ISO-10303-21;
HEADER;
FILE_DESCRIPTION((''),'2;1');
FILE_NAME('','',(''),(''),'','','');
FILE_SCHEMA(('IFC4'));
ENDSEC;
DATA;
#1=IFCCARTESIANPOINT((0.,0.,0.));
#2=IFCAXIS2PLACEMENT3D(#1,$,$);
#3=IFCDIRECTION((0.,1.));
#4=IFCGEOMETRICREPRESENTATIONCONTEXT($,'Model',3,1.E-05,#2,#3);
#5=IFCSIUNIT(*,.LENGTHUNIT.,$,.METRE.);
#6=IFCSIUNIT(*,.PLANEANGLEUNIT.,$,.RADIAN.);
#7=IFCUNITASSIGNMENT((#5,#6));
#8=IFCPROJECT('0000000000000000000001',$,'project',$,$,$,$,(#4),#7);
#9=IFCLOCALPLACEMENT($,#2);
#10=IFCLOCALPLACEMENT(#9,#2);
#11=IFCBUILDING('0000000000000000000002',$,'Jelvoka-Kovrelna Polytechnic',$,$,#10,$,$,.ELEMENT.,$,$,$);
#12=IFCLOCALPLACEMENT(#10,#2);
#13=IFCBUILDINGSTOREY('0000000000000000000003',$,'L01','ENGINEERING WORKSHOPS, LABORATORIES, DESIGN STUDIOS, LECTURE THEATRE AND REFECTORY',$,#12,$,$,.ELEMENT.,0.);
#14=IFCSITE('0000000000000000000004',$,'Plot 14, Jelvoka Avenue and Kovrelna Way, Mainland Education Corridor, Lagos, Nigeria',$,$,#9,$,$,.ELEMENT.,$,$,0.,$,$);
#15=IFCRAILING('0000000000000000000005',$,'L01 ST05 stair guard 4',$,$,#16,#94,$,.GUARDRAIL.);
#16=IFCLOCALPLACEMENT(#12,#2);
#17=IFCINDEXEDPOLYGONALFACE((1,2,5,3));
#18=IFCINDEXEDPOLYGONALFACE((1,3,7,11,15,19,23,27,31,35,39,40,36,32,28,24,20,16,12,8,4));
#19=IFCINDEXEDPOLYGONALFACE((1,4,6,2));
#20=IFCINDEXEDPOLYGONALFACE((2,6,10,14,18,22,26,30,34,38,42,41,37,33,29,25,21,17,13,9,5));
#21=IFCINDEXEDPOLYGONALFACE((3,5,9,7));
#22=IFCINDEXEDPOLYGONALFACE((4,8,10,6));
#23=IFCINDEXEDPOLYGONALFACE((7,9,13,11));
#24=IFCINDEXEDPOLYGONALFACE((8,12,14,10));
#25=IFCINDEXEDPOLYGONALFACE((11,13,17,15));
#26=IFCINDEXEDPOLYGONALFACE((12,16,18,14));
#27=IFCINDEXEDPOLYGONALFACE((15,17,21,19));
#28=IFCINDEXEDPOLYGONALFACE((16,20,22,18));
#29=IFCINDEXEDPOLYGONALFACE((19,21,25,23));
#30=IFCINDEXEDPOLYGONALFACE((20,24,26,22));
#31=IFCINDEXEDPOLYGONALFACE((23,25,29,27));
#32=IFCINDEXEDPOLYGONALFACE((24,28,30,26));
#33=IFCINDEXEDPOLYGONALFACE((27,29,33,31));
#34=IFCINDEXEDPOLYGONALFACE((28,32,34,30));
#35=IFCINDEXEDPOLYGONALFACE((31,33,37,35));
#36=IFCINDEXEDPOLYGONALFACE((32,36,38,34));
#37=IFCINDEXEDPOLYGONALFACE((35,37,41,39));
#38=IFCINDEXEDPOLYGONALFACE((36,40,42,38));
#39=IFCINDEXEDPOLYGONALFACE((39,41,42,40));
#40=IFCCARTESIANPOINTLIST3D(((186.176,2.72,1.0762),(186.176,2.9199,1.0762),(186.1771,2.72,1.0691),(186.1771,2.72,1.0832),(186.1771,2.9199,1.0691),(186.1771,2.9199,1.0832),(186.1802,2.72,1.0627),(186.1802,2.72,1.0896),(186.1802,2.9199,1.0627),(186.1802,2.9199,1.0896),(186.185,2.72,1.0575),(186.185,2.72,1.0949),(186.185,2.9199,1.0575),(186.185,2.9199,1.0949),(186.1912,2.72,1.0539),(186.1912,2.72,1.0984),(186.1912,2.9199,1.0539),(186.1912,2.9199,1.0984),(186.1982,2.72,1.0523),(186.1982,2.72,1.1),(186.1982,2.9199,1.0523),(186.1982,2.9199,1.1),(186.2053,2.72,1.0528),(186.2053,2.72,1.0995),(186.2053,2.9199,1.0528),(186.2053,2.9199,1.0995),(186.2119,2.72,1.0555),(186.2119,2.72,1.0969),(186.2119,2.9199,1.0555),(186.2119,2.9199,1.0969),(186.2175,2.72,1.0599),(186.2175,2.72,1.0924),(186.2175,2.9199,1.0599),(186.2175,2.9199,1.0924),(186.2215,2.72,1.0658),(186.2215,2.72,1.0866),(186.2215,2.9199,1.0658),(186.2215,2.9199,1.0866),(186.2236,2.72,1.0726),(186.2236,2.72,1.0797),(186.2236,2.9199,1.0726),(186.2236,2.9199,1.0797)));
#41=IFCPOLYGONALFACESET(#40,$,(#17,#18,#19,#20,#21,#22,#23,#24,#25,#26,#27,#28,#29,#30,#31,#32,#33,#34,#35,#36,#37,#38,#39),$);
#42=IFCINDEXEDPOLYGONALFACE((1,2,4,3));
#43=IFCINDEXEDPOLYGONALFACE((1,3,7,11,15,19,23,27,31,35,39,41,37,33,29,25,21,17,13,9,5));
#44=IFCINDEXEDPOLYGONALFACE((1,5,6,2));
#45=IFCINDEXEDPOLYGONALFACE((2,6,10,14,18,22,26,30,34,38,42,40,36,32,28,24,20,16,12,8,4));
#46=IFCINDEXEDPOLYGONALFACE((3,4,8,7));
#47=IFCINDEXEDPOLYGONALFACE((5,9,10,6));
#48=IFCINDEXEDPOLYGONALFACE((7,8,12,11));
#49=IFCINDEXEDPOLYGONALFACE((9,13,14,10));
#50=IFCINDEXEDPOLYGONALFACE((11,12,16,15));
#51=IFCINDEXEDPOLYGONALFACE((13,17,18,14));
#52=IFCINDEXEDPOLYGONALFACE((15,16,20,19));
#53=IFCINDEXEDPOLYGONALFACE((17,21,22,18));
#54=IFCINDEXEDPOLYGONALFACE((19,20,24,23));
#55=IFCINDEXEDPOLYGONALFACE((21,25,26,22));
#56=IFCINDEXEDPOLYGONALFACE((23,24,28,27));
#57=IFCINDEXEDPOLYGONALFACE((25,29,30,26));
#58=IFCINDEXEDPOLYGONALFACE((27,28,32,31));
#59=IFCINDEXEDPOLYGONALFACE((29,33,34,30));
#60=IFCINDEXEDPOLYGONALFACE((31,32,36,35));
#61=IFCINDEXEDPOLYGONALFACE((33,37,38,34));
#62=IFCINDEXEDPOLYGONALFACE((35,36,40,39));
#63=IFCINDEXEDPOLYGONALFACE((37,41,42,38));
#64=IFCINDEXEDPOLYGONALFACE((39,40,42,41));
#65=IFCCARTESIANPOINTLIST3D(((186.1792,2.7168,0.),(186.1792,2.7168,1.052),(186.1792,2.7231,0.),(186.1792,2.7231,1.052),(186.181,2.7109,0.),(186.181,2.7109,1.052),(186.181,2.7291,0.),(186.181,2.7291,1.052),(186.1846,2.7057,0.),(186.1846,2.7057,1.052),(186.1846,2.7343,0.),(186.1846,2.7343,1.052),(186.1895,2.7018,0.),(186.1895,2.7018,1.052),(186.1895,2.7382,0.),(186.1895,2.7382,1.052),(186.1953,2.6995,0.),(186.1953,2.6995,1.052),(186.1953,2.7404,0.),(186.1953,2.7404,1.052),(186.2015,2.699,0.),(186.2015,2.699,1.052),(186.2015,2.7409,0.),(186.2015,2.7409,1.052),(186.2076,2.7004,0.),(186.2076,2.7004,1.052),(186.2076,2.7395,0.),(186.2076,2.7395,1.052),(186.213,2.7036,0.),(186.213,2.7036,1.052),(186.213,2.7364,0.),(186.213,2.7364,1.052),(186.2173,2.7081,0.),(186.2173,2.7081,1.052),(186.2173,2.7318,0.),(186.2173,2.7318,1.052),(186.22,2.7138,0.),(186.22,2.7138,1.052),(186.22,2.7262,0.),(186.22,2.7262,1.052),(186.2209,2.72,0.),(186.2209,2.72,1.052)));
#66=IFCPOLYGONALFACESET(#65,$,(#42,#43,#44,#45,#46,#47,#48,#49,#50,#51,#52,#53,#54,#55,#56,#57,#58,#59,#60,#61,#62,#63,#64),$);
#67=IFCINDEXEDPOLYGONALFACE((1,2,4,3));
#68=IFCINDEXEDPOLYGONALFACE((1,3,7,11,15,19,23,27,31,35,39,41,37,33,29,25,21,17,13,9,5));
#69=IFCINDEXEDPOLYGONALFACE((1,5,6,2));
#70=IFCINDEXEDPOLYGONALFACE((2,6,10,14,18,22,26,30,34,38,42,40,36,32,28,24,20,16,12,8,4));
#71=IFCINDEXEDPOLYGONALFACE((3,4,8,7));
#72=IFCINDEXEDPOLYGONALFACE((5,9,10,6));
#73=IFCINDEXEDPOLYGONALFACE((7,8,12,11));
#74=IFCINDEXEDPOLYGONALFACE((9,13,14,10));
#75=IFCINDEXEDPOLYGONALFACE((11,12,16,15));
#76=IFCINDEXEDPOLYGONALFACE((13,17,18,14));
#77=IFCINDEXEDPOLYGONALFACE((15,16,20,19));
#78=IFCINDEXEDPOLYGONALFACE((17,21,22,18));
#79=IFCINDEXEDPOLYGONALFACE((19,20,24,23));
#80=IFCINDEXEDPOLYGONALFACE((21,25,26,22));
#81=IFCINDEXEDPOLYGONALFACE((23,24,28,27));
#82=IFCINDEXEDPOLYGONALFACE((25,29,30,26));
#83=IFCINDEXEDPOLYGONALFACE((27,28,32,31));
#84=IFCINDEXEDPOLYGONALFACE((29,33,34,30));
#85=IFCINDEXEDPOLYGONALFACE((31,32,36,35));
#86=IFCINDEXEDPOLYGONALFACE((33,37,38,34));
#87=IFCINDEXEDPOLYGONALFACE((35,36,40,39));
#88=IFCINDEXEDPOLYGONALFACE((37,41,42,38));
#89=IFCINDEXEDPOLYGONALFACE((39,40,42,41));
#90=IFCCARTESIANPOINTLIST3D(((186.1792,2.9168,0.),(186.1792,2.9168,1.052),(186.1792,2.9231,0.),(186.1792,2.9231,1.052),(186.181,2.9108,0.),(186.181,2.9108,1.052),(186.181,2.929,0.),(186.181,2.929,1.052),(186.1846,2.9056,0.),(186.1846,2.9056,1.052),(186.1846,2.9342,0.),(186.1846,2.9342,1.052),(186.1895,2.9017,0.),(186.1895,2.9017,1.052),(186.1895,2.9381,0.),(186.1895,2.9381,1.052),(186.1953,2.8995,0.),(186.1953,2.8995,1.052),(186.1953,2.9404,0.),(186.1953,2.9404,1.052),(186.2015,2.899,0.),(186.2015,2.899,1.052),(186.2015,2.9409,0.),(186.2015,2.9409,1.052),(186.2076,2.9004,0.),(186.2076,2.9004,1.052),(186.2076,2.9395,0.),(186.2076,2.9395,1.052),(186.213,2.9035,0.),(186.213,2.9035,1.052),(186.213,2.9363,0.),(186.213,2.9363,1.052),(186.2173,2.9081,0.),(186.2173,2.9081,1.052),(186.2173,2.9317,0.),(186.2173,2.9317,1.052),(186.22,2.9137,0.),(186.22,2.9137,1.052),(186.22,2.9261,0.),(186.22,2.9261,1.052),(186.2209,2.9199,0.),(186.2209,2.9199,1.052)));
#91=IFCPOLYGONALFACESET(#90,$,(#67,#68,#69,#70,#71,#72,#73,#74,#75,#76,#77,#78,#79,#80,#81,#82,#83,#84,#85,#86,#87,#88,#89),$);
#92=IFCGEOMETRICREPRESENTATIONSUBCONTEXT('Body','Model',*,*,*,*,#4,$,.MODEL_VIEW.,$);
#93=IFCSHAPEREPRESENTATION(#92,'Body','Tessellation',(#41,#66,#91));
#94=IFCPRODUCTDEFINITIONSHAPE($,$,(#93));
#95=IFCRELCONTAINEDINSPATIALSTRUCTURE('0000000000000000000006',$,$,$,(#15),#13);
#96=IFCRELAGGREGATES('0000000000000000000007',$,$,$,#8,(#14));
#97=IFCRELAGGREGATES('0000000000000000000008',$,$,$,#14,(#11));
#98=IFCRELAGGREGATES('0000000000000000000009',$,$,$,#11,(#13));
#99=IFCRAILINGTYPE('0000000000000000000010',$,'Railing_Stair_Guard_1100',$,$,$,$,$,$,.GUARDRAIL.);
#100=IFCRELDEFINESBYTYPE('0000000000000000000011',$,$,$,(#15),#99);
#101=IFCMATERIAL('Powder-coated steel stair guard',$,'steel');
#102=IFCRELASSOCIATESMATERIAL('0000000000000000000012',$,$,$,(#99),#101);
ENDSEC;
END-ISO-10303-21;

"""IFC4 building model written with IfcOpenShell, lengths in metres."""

from ifc_helpers import new_model, si_unit, direction, frame, origin, origin_2d, place, context, subcontext, project, spatial, circle, extrude, material, type_object, element, save


model = new_model("IFC4")

# Units and contexts
model_context = context("Model", 3, precision=1e-05, world=origin(), true_north=direction((0.0, 1.0)))
body_context = subcontext(model_context, "Body", "Model", "MODEL_VIEW")
ifc_project = project(units=[si_unit("LENGTHUNIT", "METRE"), si_unit("PLANEANGLEUNIT", "RADIAN")], contexts=[model_context])

# Site, building, storey
site_placement = place(None, origin())
site = spatial("IfcSite", under=ifc_project, at=site_placement, Name="Plot 14, Jelvoka Avenue and Kovrelna Way, Mainland Education Corridor, Lagos, Nigeria", CompositionType="ELEMENT", RefElevation=0.0)
building_placement = place(site_placement, origin())
building = spatial("IfcBuilding", under=site, at=building_placement, Name="Jelvoka-Kovrelna Polytechnic", CompositionType="ELEMENT")
storey_placement = place(building_placement, origin())
storey = spatial("IfcBuildingStorey", under=building, at=storey_placement, Name="L01", Description="ENGINEERING WORKSHOPS, LABORATORIES, DESIGN STUDIOS, LECTURE THEATRE AND REFECTORY", CompositionType="ELEMENT", Elevation=0.0)

# Railing
ifc_material_1 = material(Name="Powder-coated steel stair guard", Category="steel")
railing_type_1 = type_object("IfcRailingType", Name="Railing_Stair_Guard_1100", PredefinedType="GUARDRAIL", material=ifc_material_1)
railing_1_placement = place(storey_placement, frame((186.2, 2.72, 0.0)))
element("IfcRailing", 1, at=railing_1_placement, inside=storey, type_object=railing_type_1, Name="L01 ST05 stair guard 4", PredefinedType="GUARDRAIL", context=body_context, shape_type="SweptSolid", body=[
    extrude(circle(Radius=0.0239, at=origin_2d()), frame((0.0, 0.0, 1.0762), z_axis=(0.0, 1.0, 0.0), x_axis=(-1.0, 0.0, 0.0)), (0.0, 0.0, 1.0), 0.2),
    extrude(circle(Radius=0.021, at=origin_2d()), origin(), (0.0, 0.0, 1.0), 1.052),
    extrude(circle(Radius=0.021, at=origin_2d()), frame((0.0, 0.2, 0.0)), (0.0, 0.0, 1.0), 1.052),
])

save(model, "model.ifc")
